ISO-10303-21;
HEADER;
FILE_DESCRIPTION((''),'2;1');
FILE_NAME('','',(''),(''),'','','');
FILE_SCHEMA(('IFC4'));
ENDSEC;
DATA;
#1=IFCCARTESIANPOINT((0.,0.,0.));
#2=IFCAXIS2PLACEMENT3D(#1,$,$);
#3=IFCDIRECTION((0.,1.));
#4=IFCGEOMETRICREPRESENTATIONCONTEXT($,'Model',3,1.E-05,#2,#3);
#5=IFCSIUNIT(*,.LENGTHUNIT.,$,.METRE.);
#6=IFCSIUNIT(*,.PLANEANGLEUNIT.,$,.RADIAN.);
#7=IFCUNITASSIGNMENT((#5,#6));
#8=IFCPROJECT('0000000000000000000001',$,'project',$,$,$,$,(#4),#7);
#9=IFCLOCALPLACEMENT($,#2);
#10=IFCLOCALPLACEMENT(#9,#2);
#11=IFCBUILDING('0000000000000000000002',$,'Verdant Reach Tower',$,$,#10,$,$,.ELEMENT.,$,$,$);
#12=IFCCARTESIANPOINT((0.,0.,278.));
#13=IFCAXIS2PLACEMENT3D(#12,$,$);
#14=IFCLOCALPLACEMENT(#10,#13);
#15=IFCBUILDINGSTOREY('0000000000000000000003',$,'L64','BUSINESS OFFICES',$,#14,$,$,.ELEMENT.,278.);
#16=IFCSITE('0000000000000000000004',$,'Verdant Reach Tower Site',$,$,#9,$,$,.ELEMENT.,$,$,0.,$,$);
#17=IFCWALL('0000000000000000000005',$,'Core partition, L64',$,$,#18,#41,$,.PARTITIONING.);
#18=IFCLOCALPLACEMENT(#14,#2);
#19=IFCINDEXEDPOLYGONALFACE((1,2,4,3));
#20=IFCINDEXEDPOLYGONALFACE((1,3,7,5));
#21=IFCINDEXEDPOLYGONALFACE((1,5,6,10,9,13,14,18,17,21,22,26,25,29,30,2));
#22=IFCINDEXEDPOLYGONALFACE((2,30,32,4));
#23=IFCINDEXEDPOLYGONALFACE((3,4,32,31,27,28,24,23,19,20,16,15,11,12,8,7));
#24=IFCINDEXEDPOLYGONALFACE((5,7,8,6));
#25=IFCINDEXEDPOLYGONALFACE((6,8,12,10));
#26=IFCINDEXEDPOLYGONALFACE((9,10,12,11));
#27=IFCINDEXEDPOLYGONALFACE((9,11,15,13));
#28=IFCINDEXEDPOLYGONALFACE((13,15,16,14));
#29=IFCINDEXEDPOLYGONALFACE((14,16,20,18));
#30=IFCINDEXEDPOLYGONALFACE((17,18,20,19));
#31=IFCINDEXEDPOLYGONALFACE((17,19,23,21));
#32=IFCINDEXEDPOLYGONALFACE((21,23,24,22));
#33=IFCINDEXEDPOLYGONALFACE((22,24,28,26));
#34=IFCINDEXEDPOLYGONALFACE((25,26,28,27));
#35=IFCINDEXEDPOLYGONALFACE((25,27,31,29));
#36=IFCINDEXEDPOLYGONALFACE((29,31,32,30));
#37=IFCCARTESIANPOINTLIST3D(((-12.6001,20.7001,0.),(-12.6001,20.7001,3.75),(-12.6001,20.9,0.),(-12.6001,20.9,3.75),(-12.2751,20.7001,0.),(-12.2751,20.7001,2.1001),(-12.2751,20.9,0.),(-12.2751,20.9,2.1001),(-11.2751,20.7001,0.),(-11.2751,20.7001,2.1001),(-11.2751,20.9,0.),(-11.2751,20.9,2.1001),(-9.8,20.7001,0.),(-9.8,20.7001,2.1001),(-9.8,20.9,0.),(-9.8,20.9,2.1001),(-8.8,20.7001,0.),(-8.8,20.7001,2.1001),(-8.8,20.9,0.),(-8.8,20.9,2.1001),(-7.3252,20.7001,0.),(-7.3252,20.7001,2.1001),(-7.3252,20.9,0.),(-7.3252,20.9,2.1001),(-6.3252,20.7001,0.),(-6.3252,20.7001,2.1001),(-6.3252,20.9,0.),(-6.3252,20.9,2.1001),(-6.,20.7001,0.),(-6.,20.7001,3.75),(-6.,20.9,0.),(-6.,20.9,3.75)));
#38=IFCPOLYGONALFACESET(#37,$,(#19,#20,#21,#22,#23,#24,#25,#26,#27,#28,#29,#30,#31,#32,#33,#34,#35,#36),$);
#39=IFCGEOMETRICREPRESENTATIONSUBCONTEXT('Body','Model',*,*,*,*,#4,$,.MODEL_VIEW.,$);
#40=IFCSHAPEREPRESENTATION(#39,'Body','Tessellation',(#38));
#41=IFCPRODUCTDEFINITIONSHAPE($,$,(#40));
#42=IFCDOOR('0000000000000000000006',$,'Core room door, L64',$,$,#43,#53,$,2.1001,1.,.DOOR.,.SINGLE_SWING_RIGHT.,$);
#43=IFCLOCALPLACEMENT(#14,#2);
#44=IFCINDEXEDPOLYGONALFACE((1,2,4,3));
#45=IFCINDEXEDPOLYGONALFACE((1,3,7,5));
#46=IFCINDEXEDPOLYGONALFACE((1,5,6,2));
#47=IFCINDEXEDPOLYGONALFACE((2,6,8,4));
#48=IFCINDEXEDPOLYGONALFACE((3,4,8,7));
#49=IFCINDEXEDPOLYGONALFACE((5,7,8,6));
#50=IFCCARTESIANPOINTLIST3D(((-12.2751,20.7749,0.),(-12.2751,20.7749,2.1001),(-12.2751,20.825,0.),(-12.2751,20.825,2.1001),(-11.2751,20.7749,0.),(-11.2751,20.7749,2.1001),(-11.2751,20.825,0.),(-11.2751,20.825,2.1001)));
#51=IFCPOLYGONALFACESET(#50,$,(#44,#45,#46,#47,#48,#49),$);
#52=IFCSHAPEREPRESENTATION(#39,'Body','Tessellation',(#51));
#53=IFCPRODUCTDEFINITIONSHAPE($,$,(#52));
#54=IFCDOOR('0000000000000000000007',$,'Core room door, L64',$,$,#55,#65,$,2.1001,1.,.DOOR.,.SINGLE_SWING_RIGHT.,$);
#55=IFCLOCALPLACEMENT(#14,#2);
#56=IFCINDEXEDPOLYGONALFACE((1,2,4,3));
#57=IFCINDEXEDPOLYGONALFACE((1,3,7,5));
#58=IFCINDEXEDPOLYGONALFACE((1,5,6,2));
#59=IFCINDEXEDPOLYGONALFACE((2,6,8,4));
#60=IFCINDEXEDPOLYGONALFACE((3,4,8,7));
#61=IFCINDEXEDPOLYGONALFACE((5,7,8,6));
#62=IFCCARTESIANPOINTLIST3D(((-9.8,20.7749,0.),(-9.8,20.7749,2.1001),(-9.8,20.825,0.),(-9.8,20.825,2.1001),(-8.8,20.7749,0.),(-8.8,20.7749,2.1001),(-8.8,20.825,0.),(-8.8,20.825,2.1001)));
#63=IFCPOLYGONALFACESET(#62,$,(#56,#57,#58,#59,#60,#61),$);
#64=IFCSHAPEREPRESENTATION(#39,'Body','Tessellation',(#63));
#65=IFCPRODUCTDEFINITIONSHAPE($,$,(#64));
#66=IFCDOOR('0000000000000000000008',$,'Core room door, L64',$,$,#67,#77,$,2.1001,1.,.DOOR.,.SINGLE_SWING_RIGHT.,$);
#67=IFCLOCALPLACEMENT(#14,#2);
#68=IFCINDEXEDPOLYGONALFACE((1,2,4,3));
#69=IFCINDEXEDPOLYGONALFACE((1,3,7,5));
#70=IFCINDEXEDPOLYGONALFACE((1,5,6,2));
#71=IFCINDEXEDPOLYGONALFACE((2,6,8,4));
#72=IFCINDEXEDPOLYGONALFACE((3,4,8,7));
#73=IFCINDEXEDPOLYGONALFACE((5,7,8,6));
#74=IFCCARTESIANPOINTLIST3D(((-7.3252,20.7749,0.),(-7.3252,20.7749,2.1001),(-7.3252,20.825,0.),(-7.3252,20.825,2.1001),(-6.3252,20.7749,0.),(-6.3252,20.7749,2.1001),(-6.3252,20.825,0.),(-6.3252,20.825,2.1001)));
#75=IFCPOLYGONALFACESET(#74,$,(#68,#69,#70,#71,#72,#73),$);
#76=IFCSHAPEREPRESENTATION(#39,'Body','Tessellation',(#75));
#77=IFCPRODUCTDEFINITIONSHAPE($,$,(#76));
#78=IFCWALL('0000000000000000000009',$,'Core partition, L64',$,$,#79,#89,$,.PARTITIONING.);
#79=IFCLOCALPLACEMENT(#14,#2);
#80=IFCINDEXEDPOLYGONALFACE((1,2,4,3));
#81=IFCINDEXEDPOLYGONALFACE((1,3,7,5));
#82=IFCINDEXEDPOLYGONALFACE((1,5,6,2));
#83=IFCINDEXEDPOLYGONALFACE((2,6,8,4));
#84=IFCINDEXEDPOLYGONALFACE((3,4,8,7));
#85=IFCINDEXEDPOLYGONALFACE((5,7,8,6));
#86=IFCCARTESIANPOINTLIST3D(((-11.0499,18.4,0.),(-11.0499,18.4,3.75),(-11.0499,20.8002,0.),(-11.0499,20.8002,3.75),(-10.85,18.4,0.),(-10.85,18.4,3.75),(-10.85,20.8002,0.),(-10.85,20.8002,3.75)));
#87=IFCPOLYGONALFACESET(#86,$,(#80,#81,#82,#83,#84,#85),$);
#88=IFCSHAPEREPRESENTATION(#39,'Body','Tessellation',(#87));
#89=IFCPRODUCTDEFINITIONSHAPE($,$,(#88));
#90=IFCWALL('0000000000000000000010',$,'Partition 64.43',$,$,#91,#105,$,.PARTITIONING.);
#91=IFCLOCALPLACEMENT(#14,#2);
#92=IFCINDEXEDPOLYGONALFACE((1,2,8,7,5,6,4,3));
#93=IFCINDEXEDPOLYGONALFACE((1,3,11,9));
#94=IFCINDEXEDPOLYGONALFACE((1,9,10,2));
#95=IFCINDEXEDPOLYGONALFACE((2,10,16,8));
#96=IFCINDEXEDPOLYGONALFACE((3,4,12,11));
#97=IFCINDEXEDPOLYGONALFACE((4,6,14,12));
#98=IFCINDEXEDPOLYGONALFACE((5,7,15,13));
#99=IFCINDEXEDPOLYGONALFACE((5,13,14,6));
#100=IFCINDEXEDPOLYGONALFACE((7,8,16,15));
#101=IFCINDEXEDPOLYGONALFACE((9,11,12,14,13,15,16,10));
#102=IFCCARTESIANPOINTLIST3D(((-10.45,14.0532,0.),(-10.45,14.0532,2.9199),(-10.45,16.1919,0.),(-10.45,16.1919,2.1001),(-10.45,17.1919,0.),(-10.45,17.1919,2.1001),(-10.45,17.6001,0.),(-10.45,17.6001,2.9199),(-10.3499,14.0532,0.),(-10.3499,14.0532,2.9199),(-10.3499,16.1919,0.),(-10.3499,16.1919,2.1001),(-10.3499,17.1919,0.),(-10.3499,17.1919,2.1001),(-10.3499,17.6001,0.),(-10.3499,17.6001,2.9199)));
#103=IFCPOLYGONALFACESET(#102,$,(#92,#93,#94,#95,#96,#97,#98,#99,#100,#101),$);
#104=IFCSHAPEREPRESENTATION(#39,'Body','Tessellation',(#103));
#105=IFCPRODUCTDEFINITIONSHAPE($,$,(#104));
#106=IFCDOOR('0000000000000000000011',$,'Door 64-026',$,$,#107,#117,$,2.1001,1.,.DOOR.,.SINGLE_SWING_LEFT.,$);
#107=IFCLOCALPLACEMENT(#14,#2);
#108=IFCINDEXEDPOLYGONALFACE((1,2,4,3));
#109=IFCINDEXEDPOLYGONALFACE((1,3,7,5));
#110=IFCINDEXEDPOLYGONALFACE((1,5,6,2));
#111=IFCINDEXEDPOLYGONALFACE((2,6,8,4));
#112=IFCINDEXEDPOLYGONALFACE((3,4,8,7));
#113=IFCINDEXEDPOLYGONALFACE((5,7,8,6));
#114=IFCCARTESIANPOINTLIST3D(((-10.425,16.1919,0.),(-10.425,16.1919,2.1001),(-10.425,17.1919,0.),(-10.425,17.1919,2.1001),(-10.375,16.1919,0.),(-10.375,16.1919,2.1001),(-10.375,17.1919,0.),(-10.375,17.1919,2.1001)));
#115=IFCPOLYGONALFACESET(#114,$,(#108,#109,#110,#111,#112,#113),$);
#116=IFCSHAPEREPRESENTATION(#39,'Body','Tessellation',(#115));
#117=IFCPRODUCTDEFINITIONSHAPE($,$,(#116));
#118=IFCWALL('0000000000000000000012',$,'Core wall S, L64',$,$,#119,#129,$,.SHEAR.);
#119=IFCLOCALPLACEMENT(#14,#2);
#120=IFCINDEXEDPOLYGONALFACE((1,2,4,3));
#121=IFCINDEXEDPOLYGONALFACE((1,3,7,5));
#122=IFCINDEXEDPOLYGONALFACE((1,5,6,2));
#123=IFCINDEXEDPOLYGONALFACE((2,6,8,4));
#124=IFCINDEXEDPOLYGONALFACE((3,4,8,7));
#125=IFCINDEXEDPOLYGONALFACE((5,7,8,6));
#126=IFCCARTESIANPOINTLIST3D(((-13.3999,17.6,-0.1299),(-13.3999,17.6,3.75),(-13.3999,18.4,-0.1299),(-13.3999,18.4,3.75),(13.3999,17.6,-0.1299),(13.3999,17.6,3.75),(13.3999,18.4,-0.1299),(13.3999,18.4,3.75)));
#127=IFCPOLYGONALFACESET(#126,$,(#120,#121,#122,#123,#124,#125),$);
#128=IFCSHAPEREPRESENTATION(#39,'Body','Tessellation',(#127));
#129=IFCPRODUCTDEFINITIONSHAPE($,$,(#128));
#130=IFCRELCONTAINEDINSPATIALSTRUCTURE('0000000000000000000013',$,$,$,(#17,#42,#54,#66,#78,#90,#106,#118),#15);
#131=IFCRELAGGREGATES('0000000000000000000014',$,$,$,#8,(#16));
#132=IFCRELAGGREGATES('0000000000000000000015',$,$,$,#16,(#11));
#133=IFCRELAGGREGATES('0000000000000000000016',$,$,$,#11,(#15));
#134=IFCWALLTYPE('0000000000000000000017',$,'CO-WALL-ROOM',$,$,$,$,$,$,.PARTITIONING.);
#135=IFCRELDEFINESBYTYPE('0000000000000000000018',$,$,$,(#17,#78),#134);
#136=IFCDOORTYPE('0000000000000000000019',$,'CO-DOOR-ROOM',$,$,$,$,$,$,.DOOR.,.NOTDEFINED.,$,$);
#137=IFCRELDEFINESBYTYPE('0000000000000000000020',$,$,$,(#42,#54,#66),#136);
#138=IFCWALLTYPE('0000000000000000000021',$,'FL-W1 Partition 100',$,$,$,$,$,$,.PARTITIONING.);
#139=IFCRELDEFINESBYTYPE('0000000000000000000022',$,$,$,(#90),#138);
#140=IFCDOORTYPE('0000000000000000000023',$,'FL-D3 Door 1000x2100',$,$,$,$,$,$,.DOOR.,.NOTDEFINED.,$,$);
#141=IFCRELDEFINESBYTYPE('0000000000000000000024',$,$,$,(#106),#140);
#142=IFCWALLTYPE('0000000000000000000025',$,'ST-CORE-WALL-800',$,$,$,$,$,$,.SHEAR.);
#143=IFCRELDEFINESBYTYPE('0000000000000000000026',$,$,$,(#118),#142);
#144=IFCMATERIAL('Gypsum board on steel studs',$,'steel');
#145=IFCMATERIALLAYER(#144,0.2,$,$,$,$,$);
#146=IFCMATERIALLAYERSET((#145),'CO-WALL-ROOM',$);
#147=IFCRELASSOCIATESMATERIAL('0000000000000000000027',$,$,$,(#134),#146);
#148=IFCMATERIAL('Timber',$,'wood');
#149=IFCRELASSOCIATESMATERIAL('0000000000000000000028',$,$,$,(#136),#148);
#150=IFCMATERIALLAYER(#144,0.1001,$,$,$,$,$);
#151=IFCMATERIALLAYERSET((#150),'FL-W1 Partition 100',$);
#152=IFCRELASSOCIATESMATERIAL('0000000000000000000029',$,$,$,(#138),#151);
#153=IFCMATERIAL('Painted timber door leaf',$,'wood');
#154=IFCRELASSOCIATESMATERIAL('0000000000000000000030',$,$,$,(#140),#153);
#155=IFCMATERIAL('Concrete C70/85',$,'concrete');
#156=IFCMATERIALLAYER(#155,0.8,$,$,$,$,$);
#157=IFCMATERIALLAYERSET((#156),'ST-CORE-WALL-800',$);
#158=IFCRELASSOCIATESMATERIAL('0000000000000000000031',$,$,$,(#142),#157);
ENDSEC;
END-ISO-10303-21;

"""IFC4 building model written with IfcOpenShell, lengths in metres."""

from ifc_helpers import new_model, si_unit, direction, frame, frame_2d, origin, place, context, subcontext, project, spatial, rectangle, extrude, material, layer, layer_set, type_object, element, fill, save


model = new_model("IFC4")

# Units and contexts
model_context = context("Model", 3, precision=1e-05, world=origin(), true_north=direction((0.0, 1.0)))
body_context = subcontext(model_context, "Body", "Model", "MODEL_VIEW")
ifc_project = project(units=[si_unit("LENGTHUNIT", "METRE"), si_unit("PLANEANGLEUNIT", "RADIAN")], contexts=[model_context])

# Site, building, storey
site_placement = place(None, origin())
site = spatial("IfcSite", under=ifc_project, at=site_placement, Name="Verdant Reach Tower Site", CompositionType="ELEMENT", RefElevation=0.0)
building_placement = place(site_placement, origin())
building = spatial("IfcBuilding", under=site, at=building_placement, Name="Verdant Reach Tower", CompositionType="ELEMENT")
storey_placement = place(building_placement, frame((0.0, 0.0, 278.0)))
storey = spatial("IfcBuildingStorey", under=building, at=storey_placement, Name="L64", Description="BUSINESS OFFICES", CompositionType="ELEMENT", Elevation=278.0)

# Wall, openings, doors
ifc_material_1 = material(Name="Gypsum board on steel studs", Category="steel")
ifc_layer_1 = layer(ifc_material_1, 0.2)
ifc_layer_set_1 = layer_set([ifc_layer_1], Name="CO-WALL-ROOM")
wall_type_1 = type_object("IfcWallType", Name="CO-WALL-ROOM", PredefinedType="PARTITIONING", material=ifc_layer_set_1)
wall_1_placement = place(storey_placement, frame((-12.6001, 20.8, 0.0), z_axis=(0.0, 0.0, 1.0), x_axis=(1.0, 0.0, 0.0)))
wall_1 = element("IfcWall", 1, at=wall_1_placement, inside=storey, type_object=wall_type_1, Name="Core partition, L64", PredefinedType="PARTITIONING", context=body_context, shape_type="SweptSolid", body=[
    extrude(rectangle(XDim=6.6001, YDim=0.2, at=frame_2d((3.3, 0.0))), origin(), (0.0, 0.0, 1.0), 3.75),
])
opening_1_placement = place(wall_1_placement, frame((0.325, 0.0, 0.0)))
opening_1 = element("IfcOpeningElement", 2, at=opening_1_placement, cuts=wall_1, PredefinedType="OPENING", context=body_context, shape_type="SweptSolid", body=[
    extrude(rectangle(XDim=1.0, YDim=2.1001, at=frame_2d((0.5, 1.05))), frame((0.0, 0.1099, 0.0), z_axis=(0.0, -1.0, 0.0), x_axis=(1.0, 0.0, 0.0)), (0.0, 0.0, 1.0), 0.22),
])
opening_2_placement = place(wall_1_placement, frame((2.8, 0.0, 0.0)))
opening_2 = element("IfcOpeningElement", 3, at=opening_2_placement, cuts=wall_1, PredefinedType="OPENING", context=body_context, shape_type="SweptSolid", body=[
    extrude(rectangle(XDim=1.0, YDim=2.1001, at=frame_2d((0.5, 1.05))), frame((0.0, 0.1099, 0.0), z_axis=(0.0, -1.0, 0.0), x_axis=(1.0, 0.0, 0.0)), (0.0, 0.0, 1.0), 0.22),
])
opening_3_placement = place(wall_1_placement, frame((5.2749, 0.0, 0.0)))
opening_3 = element("IfcOpeningElement", 4, at=opening_3_placement, cuts=wall_1, PredefinedType="OPENING", context=body_context, shape_type="SweptSolid", body=[
    extrude(rectangle(XDim=1.0, YDim=2.1001, at=frame_2d((0.5, 1.05))), frame((0.0, 0.1099, 0.0), z_axis=(0.0, -1.0, 0.0), x_axis=(1.0, 0.0, 0.0)), (0.0, 0.0, 1.0), 0.22),
])
ifc_material_2 = material(Name="Timber", Category="wood")
door_type_1 = type_object("IfcDoorType", Name="CO-DOOR-ROOM", OperationType="NOTDEFINED", PredefinedType="DOOR", material=ifc_material_2)
door_1_placement = place(opening_1_placement, origin())
door_1 = element("IfcDoor", 5, at=door_1_placement, inside=storey, type_object=door_type_1, Name="Core room door, L64", OperationType="SINGLE_SWING_RIGHT", OverallHeight=2.1001, OverallWidth=1.0, PredefinedType="DOOR", context=body_context, shape_type="SweptSolid", body=[
    extrude(rectangle(XDim=1.0, YDim=2.1001, at=frame_2d((0.5, 1.05))), frame((0.0, 0.0249, 0.0), z_axis=(0.0, -1.0, 0.0), x_axis=(1.0, 0.0, 0.0)), (0.0, 0.0, 1.0), 0.05),
])
fill(opening_1, door_1)
door_2_placement = place(opening_2_placement, origin())
door_2 = element("IfcDoor", 6, at=door_2_placement, inside=storey, type_object=door_type_1, Name="Core room door, L64", OperationType="SINGLE_SWING_RIGHT", OverallHeight=2.1001, OverallWidth=1.0, PredefinedType="DOOR", context=body_context, shape_type="SweptSolid", body=[
    extrude(rectangle(XDim=1.0, YDim=2.1001, at=frame_2d((0.5, 1.05))), frame((0.0, 0.0249, 0.0), z_axis=(0.0, -1.0, 0.0), x_axis=(1.0, 0.0, 0.0)), (0.0, 0.0, 1.0), 0.05),
])
fill(opening_2, door_2)
door_3_placement = place(opening_3_placement, origin())
door_3 = element("IfcDoor", 7, at=door_3_placement, inside=storey, type_object=door_type_1, Name="Core room door, L64", OperationType="SINGLE_SWING_RIGHT", OverallHeight=2.1001, OverallWidth=1.0, PredefinedType="DOOR", context=body_context, shape_type="SweptSolid", body=[
    extrude(rectangle(XDim=1.0, YDim=2.1001, at=frame_2d((0.5, 1.05))), frame((0.0, 0.0249, 0.0), z_axis=(0.0, -1.0, 0.0), x_axis=(1.0, 0.0, 0.0)), (0.0, 0.0, 1.0), 0.05),
])
fill(opening_3, door_3)

# Wall
wall_2_placement = place(storey_placement, frame((-10.95, 18.3999, 0.0), z_axis=(0.0, 0.0, 1.0), x_axis=(0.0, 1.0, 0.0)))
element("IfcWall", 8, at=wall_2_placement, inside=storey, type_object=wall_type_1, Name="Core partition, L64", PredefinedType="PARTITIONING", context=body_context, shape_type="SweptSolid", body=[
    extrude(rectangle(XDim=2.4001, YDim=0.2, at=frame_2d((1.2002, 0.0))), origin(), (0.0, 0.0, 1.0), 3.75),
])

# Wall, opening, door
ifc_layer_2 = layer(ifc_material_1, 0.1001)
ifc_layer_set_2 = layer_set([ifc_layer_2], Name="FL-W1 Partition 100")
wall_type_2 = type_object("IfcWallType", Name="FL-W1 Partition 100", PredefinedType="PARTITIONING", material=ifc_layer_set_2)
wall_3_placement = place(storey_placement, frame((-10.3999, 17.6001, 0.0), z_axis=(0.0, 0.0, 1.0), x_axis=(0.0, -1.0, 0.0)))
wall_3 = element("IfcWall", 9, at=wall_3_placement, inside=storey, type_object=wall_type_2, Name="Partition 64.43", PredefinedType="PARTITIONING", context=body_context, shape_type="SweptSolid", body=[
    extrude(rectangle(XDim=3.5469, YDim=0.1001, at=frame_2d((1.7734, 0.0))), origin(), (0.0, 0.0, 1.0), 2.9199),
])
opening_4_placement = place(wall_3_placement, frame((0.4082, 0.0, 0.0)))
opening_4 = element("IfcOpeningElement", 10, at=opening_4_placement, cuts=wall_3, PredefinedType="OPENING", context=body_context, shape_type="SweptSolid", body=[
    extrude(rectangle(XDim=1.0, YDim=2.1001, at=frame_2d((0.5, 1.05))), frame((0.0, 0.0601, 0.0), z_axis=(0.0, -1.0, 0.0), x_axis=(1.0, 0.0, 0.0)), (0.0, 0.0, 1.0), 0.1201),
])
ifc_material_3 = material(Name="Painted timber door leaf", Category="wood")
door_type_2 = type_object("IfcDoorType", Name="FL-D3 Door 1000x2100", OperationType="NOTDEFINED", PredefinedType="DOOR", material=ifc_material_3)
door_4_placement = place(opening_4_placement, origin())
door_4 = element("IfcDoor", 11, at=door_4_placement, inside=storey, type_object=door_type_2, Name="Door 64-026", OperationType="SINGLE_SWING_LEFT", OverallHeight=2.1001, OverallWidth=1.0, PredefinedType="DOOR", context=body_context, shape_type="SweptSolid", body=[
    extrude(rectangle(XDim=1.0, YDim=2.1001, at=frame_2d((0.5, 1.05))), frame((0.0, 0.0249, 0.0), z_axis=(0.0, -1.0, 0.0), x_axis=(1.0, 0.0, 0.0)), (0.0, 0.0, 1.0), 0.05),
])
fill(opening_4, door_4)

# Wall
ifc_material_4 = material(Name="Concrete C70/85", Category="concrete")
ifc_layer_3 = layer(ifc_material_4, 0.8)
ifc_layer_set_3 = layer_set([ifc_layer_3], Name="ST-CORE-WALL-800")
wall_type_3 = type_object("IfcWallType", Name="ST-CORE-WALL-800", PredefinedType="SHEAR", material=ifc_layer_set_3)
wall_4_placement = place(storey_placement, frame((-13.3999, 18.0, -0.1299), z_axis=(0.0, 0.0, 1.0), x_axis=(1.0, 0.0, 0.0)))
element("IfcWall", 12, at=wall_4_placement, inside=storey, type_object=wall_type_3, Name="Core wall S, L64", PredefinedType="SHEAR", context=body_context, shape_type="SweptSolid", body=[
    extrude(rectangle(XDim=26.7998, YDim=0.8, at=frame_2d((13.3999, 0.0))), origin(), (0.0, 0.0, 1.0), 3.8799),
])

save(model, "model.ifc")
